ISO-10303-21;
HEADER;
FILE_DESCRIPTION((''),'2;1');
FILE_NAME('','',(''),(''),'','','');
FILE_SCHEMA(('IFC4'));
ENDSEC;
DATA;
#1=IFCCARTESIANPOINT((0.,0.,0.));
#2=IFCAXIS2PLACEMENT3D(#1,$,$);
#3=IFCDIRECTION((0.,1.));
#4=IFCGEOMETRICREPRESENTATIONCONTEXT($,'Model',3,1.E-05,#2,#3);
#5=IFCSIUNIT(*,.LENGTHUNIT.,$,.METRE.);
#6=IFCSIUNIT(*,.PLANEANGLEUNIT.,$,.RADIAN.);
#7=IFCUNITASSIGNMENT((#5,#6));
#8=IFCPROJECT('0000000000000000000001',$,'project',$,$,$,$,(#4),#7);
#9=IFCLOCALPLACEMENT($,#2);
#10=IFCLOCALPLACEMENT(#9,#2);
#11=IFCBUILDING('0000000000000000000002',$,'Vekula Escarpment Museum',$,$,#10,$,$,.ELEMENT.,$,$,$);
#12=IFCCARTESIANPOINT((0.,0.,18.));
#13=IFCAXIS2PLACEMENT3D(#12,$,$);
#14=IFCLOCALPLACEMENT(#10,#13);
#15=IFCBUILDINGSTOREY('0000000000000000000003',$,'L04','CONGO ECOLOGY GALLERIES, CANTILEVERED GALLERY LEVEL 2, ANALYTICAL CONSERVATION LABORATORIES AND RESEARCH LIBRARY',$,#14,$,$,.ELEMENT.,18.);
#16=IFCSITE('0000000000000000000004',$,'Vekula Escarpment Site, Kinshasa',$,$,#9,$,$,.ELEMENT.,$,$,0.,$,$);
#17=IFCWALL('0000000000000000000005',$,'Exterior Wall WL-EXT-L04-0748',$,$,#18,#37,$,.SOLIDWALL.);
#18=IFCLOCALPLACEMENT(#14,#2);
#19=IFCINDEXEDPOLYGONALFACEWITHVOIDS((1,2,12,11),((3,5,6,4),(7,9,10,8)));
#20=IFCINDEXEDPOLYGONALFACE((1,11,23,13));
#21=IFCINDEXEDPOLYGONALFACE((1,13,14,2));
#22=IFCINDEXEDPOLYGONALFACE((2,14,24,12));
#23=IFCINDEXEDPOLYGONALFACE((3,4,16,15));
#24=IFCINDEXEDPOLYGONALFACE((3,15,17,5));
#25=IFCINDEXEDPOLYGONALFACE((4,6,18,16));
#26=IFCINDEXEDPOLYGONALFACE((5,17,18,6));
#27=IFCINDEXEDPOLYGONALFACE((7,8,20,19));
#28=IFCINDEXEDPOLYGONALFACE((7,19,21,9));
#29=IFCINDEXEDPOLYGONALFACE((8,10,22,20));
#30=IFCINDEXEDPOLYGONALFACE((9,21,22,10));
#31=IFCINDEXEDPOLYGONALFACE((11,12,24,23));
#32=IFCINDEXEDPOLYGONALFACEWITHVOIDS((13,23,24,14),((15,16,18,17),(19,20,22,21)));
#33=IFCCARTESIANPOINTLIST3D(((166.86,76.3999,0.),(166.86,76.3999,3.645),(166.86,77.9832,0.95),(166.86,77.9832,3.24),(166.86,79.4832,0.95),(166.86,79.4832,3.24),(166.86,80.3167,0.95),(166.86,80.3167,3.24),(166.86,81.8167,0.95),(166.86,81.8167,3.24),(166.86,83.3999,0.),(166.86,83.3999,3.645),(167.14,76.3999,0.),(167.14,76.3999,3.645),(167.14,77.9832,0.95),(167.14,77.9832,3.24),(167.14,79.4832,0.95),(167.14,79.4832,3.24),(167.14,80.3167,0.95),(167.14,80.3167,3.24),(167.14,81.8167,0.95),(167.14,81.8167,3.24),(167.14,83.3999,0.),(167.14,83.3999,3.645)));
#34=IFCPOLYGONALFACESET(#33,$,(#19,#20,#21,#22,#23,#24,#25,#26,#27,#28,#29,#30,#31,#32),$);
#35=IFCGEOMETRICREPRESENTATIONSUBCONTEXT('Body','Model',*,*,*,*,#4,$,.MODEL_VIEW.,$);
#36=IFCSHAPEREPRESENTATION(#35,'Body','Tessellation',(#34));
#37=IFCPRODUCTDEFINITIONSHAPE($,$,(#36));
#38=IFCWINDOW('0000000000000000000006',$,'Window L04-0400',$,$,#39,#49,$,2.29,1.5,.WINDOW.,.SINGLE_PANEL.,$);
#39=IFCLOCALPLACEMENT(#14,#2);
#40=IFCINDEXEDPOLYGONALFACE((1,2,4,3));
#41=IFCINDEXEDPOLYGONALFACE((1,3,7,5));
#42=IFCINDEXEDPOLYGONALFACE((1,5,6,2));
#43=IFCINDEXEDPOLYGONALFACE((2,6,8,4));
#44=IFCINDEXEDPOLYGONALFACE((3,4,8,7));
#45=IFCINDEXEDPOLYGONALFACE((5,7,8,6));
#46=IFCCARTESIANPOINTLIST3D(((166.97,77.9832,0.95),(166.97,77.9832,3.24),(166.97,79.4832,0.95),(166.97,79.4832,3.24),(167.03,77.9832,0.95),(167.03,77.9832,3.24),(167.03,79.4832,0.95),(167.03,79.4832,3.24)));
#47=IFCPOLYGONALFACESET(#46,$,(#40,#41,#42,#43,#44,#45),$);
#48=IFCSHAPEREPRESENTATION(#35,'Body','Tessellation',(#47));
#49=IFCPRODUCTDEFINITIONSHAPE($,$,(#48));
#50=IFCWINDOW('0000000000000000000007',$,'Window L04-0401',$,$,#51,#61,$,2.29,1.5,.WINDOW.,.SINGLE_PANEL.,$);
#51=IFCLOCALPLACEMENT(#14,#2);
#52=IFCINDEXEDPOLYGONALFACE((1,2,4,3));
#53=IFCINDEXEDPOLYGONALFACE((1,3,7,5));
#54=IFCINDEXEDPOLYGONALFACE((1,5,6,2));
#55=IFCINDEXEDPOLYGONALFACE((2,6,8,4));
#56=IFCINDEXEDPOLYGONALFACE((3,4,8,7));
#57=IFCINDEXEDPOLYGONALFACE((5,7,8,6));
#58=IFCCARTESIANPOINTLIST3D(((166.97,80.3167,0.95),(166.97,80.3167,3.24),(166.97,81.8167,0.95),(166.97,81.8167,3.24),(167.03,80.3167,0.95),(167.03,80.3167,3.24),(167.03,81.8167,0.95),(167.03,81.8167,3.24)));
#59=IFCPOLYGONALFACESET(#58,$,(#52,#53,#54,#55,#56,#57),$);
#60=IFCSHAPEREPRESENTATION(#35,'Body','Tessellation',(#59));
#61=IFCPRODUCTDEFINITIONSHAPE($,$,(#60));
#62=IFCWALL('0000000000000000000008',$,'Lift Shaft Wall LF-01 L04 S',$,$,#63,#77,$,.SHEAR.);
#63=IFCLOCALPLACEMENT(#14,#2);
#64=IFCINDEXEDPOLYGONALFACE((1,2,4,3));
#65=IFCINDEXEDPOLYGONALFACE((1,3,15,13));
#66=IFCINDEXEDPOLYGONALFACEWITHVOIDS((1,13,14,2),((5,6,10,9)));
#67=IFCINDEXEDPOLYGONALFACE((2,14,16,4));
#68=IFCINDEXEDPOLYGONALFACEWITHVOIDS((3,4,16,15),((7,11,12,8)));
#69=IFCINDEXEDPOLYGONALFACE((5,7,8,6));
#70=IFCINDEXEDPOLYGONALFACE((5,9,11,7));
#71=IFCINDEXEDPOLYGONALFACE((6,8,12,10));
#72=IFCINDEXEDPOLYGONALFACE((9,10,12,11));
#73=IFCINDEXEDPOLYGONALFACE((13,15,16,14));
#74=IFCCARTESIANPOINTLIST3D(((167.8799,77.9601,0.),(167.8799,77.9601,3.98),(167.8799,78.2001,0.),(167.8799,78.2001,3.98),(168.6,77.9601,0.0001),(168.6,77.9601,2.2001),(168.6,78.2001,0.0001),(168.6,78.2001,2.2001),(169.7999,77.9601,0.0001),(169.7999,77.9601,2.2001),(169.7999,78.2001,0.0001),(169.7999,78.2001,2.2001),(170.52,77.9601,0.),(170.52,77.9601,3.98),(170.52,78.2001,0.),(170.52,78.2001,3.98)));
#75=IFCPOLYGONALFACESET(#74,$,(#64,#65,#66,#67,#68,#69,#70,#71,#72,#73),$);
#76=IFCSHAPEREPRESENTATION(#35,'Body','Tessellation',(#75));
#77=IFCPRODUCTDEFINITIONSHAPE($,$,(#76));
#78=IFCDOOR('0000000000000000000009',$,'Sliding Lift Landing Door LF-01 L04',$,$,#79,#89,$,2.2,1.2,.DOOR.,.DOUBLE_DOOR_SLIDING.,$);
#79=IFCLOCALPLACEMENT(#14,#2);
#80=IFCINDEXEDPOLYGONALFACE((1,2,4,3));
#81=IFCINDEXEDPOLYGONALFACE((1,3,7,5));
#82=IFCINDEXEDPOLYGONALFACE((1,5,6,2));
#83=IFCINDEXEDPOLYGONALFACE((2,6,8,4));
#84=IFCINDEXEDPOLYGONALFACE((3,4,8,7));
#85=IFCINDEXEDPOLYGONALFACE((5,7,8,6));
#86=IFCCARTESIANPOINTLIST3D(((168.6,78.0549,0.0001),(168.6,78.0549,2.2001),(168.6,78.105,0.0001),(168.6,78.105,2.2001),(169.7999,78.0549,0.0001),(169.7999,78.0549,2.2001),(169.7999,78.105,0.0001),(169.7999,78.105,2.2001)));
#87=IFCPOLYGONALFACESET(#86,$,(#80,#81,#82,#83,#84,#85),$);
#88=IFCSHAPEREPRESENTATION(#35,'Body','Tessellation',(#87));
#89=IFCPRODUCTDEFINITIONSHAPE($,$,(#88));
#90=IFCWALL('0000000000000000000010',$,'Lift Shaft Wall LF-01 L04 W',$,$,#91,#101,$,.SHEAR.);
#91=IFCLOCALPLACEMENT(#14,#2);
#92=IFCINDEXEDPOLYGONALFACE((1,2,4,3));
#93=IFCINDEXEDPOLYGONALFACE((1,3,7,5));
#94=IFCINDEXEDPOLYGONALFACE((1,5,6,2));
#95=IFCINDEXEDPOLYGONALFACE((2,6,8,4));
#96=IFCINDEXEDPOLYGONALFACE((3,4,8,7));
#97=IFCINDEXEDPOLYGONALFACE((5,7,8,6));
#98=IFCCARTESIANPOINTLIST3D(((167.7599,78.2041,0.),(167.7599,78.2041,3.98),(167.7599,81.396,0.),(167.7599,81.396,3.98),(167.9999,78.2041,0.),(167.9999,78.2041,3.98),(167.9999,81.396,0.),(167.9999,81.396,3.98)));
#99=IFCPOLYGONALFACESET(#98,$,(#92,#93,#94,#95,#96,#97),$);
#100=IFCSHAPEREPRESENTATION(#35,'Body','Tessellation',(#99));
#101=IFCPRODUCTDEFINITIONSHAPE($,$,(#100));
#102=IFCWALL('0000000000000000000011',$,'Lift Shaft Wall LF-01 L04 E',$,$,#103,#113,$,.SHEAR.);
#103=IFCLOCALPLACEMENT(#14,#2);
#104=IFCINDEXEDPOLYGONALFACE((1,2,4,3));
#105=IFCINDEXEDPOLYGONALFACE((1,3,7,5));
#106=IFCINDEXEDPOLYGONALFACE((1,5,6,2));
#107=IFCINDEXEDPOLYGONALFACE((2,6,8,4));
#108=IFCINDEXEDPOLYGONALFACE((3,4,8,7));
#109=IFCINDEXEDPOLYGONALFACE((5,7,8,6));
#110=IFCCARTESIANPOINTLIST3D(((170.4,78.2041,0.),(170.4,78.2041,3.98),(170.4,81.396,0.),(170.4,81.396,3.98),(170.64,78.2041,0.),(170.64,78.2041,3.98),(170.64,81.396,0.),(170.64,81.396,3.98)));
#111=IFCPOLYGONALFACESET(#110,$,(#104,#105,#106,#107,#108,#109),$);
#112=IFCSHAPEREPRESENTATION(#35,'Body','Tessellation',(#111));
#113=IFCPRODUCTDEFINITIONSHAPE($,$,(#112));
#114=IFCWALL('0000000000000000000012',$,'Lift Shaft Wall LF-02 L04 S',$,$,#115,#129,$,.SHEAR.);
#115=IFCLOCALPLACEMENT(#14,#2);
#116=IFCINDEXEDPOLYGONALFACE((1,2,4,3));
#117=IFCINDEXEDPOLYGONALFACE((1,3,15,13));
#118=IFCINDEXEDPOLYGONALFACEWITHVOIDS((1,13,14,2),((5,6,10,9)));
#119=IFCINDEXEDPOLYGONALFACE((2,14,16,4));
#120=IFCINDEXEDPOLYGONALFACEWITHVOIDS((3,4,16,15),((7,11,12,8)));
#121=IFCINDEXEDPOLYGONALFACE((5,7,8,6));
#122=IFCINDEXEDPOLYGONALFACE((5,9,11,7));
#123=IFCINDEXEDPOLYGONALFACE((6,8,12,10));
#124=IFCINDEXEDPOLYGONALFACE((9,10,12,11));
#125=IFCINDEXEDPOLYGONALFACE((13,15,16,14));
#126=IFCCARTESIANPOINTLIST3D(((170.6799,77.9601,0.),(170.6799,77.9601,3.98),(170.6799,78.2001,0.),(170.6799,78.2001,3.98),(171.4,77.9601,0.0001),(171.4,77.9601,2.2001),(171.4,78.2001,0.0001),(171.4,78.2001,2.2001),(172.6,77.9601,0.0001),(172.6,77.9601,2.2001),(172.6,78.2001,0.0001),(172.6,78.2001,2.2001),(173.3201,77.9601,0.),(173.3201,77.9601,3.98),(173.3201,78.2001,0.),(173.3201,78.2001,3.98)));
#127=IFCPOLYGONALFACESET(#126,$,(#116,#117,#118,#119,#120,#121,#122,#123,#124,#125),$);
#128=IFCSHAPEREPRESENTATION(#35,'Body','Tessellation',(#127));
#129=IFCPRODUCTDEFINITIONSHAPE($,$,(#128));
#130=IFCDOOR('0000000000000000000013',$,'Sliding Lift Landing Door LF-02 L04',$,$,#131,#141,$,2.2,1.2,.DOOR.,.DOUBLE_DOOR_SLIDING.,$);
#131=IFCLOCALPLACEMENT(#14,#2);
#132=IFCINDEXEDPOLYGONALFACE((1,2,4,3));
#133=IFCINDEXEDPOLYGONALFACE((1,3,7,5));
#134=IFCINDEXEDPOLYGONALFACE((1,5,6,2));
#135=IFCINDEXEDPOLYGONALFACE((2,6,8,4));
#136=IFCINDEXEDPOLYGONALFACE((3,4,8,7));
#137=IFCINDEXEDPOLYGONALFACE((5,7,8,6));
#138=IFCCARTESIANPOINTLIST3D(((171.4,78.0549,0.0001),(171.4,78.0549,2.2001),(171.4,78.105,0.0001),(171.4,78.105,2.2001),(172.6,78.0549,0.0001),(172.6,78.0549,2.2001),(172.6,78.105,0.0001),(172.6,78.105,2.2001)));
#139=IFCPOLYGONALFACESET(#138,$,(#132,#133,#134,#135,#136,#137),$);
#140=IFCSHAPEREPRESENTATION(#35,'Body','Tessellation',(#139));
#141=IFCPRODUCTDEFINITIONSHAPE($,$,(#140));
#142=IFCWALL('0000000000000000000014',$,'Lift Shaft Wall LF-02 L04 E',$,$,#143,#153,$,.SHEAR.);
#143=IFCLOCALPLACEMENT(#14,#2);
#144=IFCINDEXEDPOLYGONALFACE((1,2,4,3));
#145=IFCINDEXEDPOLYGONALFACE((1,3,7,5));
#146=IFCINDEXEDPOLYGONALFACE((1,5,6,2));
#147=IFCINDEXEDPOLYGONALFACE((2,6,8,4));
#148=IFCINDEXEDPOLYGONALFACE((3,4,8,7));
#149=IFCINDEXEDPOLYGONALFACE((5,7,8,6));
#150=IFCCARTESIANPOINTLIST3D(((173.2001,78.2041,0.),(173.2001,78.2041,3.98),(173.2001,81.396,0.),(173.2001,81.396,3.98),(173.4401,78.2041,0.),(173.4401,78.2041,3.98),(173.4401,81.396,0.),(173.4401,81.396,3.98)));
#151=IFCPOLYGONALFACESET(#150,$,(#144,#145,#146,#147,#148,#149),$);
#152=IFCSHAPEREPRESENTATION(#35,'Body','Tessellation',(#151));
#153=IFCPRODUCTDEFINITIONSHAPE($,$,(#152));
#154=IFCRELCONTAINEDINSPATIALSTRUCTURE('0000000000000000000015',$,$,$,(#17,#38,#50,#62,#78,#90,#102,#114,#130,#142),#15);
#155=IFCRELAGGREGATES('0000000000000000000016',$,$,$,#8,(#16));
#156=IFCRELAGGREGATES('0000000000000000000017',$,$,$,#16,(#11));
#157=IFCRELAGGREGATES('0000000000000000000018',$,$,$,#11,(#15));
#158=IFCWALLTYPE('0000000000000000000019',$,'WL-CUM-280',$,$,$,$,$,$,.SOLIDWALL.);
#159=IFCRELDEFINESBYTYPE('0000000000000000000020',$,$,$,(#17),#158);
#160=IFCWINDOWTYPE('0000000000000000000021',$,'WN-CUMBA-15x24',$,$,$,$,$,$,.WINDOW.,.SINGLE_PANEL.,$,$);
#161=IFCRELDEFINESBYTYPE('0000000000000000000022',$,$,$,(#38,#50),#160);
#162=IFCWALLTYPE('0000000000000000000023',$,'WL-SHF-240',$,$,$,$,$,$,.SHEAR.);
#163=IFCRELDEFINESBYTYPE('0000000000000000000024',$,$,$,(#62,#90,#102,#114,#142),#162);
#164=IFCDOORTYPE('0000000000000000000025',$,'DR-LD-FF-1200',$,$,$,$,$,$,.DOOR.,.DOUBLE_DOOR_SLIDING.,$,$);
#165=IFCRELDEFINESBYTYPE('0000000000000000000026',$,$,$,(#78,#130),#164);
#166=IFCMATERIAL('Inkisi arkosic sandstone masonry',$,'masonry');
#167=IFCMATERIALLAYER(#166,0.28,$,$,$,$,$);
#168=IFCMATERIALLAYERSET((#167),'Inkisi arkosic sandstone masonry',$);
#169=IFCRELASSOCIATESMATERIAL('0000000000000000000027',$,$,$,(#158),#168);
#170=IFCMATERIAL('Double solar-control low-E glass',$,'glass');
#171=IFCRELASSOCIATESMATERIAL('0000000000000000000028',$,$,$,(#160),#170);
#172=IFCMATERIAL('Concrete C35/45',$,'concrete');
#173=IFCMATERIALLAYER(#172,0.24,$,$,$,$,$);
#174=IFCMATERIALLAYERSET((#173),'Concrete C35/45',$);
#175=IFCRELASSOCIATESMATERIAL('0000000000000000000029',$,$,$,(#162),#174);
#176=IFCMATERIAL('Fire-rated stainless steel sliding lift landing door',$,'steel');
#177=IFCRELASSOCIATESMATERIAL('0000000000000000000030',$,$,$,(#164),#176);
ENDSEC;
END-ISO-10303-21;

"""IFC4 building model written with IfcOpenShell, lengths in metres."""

from ifc_helpers import new_model, si_unit, direction, frame, frame_2d, origin, place, context, subcontext, project, spatial, rectangle, extrude, material, layer, layer_set, type_object, element, fill, save


model = new_model("IFC4")

# Units and contexts
model_context = context("Model", 3, precision=1e-05, world=origin(), true_north=direction((0.0, 1.0)))
body_context = subcontext(model_context, "Body", "Model", "MODEL_VIEW")
ifc_project = project(units=[si_unit("LENGTHUNIT", "METRE"), si_unit("PLANEANGLEUNIT", "RADIAN")], contexts=[model_context])

# Site, building, storey
site_placement = place(None, origin())
site = spatial("IfcSite", under=ifc_project, at=site_placement, Name="Vekula Escarpment Site, Kinshasa", CompositionType="ELEMENT", RefElevation=0.0)
building_placement = place(site_placement, origin())
building = spatial("IfcBuilding", under=site, at=building_placement, Name="Vekula Escarpment Museum", CompositionType="ELEMENT")
storey_placement = place(building_placement, frame((0.0, 0.0, 18.0)))
storey = spatial("IfcBuildingStorey", under=building, at=storey_placement, Name="L04", Description="CONGO ECOLOGY GALLERIES, CANTILEVERED GALLERY LEVEL 2, ANALYTICAL CONSERVATION LABORATORIES AND RESEARCH LIBRARY", CompositionType="ELEMENT", Elevation=18.0)

# Wall, openings, windows
ifc_material_1 = material(Name="Inkisi arkosic sandstone masonry", Category="masonry")
ifc_layer_1 = layer(ifc_material_1, 0.28)
ifc_layer_set_1 = layer_set([ifc_layer_1], Name="Inkisi arkosic sandstone masonry")
wall_type_1 = type_object("IfcWallType", Name="WL-CUM-280", PredefinedType="SOLIDWALL", material=ifc_layer_set_1)
wall_1_placement = place(storey_placement, frame((167.0, 76.3999, 0.0), z_axis=(0.0, 0.0, 1.0), x_axis=(0.0, 1.0, 0.0)))
wall_1 = element("IfcWall", 1, at=wall_1_placement, inside=storey, type_object=wall_type_1, Name="Exterior Wall WL-EXT-L04-0748", PredefinedType="SOLIDWALL", context=body_context, shape_type="SweptSolid", body=[
    extrude(rectangle(XDim=7.0, YDim=0.28, at=frame_2d((3.5, 0.0))), origin(), (0.0, 0.0, 1.0), 3.645),
])
opening_1_placement = place(wall_1_placement, frame((1.5833, 0.0, 0.95)))
opening_1 = element("IfcOpeningElement", 2, at=opening_1_placement, cuts=wall_1, PredefinedType="OPENING", context=body_context, shape_type="SweptSolid", body=[
    extrude(rectangle(XDim=1.5, YDim=2.29, at=frame_2d((0.75, 1.145))), frame((0.0, 0.1499, 0.0), z_axis=(0.0, -1.0, 0.0), x_axis=(1.0, 0.0, 0.0)), (0.0, 0.0, 1.0), 0.3),
])
opening_2_placement = place(wall_1_placement, frame((3.9167, 0.0, 0.95)))
opening_2 = element("IfcOpeningElement", 3, at=opening_2_placement, cuts=wall_1, PredefinedType="OPENING", context=body_context, shape_type="SweptSolid", body=[
    extrude(rectangle(XDim=1.5, YDim=2.29, at=frame_2d((0.75, 1.145))), frame((0.0, 0.1499, 0.0), z_axis=(0.0, -1.0, 0.0), x_axis=(1.0, 0.0, 0.0)), (0.0, 0.0, 1.0), 0.3),
])
ifc_material_2 = material(Name="Double solar-control low-E glass", Category="glass")
window_type = type_object("IfcWindowType", Name="WN-CUMBA-15x24", PartitioningType="SINGLE_PANEL", PredefinedType="WINDOW", material=ifc_material_2)
window_1_placement = place(opening_1_placement, origin())
window_1 = element("IfcWindow", 4, at=window_1_placement, inside=storey, type_object=window_type, Name="Window L04-0400", OverallHeight=2.29, OverallWidth=1.5, PartitioningType="SINGLE_PANEL", PredefinedType="WINDOW", context=body_context, shape_type="SweptSolid", body=[
    extrude(rectangle(XDim=1.5, YDim=2.29, at=frame_2d((0.75, 1.145))), frame((0.0, 0.03, 0.0), z_axis=(0.0, -1.0, 0.0), x_axis=(1.0, 0.0, 0.0)), (0.0, 0.0, 1.0), 0.0601),
])
fill(opening_1, window_1)
window_2_placement = place(opening_2_placement, origin())
window_2 = element("IfcWindow", 5, at=window_2_placement, inside=storey, type_object=window_type, Name="Window L04-0401", OverallHeight=2.29, OverallWidth=1.5, PartitioningType="SINGLE_PANEL", PredefinedType="WINDOW", context=body_context, shape_type="SweptSolid", body=[
    extrude(rectangle(XDim=1.5, YDim=2.29, at=frame_2d((0.75, 1.145))), frame((0.0, 0.03, 0.0), z_axis=(0.0, -1.0, 0.0), x_axis=(1.0, 0.0, 0.0)), (0.0, 0.0, 1.0), 0.0601),
])
fill(opening_2, window_2)

# Wall, opening, door
ifc_material_3 = material(Name="Concrete C35/45", Category="concrete")
ifc_layer_2 = layer(ifc_material_3, 0.24)
ifc_layer_set_2 = layer_set([ifc_layer_2], Name="Concrete C35/45")
wall_type_2 = type_object("IfcWallType", Name="WL-SHF-240", PredefinedType="SHEAR", material=ifc_layer_set_2)
wall_2_placement = place(storey_placement, frame((167.8799, 78.0801, 0.0), z_axis=(0.0, 0.0, 1.0), x_axis=(1.0, 0.0, 0.0)))
wall_2 = element("IfcWall", 6, at=wall_2_placement, inside=storey, type_object=wall_type_2, Name="Lift Shaft Wall LF-01 L04 S", PredefinedType="SHEAR", context=body_context, shape_type="SweptSolid", body=[
    extrude(rectangle(XDim=2.6401, YDim=0.24, at=frame_2d((1.3201, 0.0))), origin(), (0.0, 0.0, 1.0), 3.98),
])
opening_3_placement = place(wall_2_placement, frame((0.72, 0.0, 0.0)))
opening_3 = element("IfcOpeningElement", 7, at=opening_3_placement, cuts=wall_2, PredefinedType="OPENING", context=body_context, shape_type="SweptSolid", body=[
    extrude(rectangle(XDim=1.2, YDim=2.2, at=frame_2d((0.6001, 1.1001))), frame((0.0, 0.1299, 0.0), z_axis=(0.0, -1.0, 0.0), x_axis=(1.0, 0.0, 0.0)), (0.0, 0.0, 1.0), 0.26),
])
ifc_material_4 = material(Name="Fire-rated stainless steel sliding lift landing door", Category="steel")
door_type = type_object("IfcDoorType", Name="DR-LD-FF-1200", OperationType="DOUBLE_DOOR_SLIDING", PredefinedType="DOOR", material=ifc_material_4)
door_1_placement = place(opening_3_placement, origin())
door_1 = element("IfcDoor", 8, at=door_1_placement, inside=storey, type_object=door_type, Name="Sliding Lift Landing Door LF-01 L04", OperationType="DOUBLE_DOOR_SLIDING", OverallHeight=2.2, OverallWidth=1.2, PredefinedType="DOOR", context=body_context, shape_type="SweptSolid", body=[
    extrude(rectangle(XDim=1.2, YDim=2.2, at=frame_2d((0.6001, 1.1001))), frame((0.0, 0.0249, 0.0), z_axis=(0.0, -1.0, 0.0), x_axis=(1.0, 0.0, 0.0)), (0.0, 0.0, 1.0), 0.05),
])
fill(opening_3, door_1)

# Walls
for number, where, z_axis, x_axis, name in (
    (9, (167.8799, 78.2041, 0.0), (0.0, 0.0, 1.0), (0.0, 1.0, 0.0), "Lift Shaft Wall LF-01 L04 W"),
    (10, (170.52, 78.2041, 0.0), (0.0, 0.0, 1.0), (0.0, 1.0, 0.0), "Lift Shaft Wall LF-01 L04 E"),
):
    element("IfcWall", number, at=place(storey_placement, frame(where, z_axis=z_axis, x_axis=x_axis)), inside=storey, type_object=wall_type_2, Name=name, PredefinedType="SHEAR", context=body_context, shape_type="SweptSolid", body=[
        extrude(rectangle(XDim=3.1919, YDim=0.24, at=frame_2d((1.5959, 0.0))), origin(), (0.0, 0.0, 1.0), 3.98),
    ])

# Wall, opening, door
wall_3_placement = place(storey_placement, frame((170.6799, 78.0801, 0.0), z_axis=(0.0, 0.0, 1.0), x_axis=(1.0, 0.0, 0.0)))
wall_3 = element("IfcWall", 11, at=wall_3_placement, inside=storey, type_object=wall_type_2, Name="Lift Shaft Wall LF-02 L04 S", PredefinedType="SHEAR", context=body_context, shape_type="SweptSolid", body=[
    extrude(rectangle(XDim=2.6401, YDim=0.24, at=frame_2d((1.3201, 0.0))), origin(), (0.0, 0.0, 1.0), 3.98),
])
opening_4_placement = place(wall_3_placement, frame((0.72, 0.0, 0.0)))
opening_4 = element("IfcOpeningElement", 12, at=opening_4_placement, cuts=wall_3, PredefinedType="OPENING", context=body_context, shape_type="SweptSolid", body=[
    extrude(rectangle(XDim=1.2, YDim=2.2, at=frame_2d((0.6001, 1.1001))), frame((0.0, 0.1299, 0.0), z_axis=(0.0, -1.0, 0.0), x_axis=(1.0, 0.0, 0.0)), (0.0, 0.0, 1.0), 0.26),
])
door_2_placement = place(opening_4_placement, origin())
door_2 = element("IfcDoor", 13, at=door_2_placement, inside=storey, type_object=door_type, Name="Sliding Lift Landing Door LF-02 L04", OperationType="DOUBLE_DOOR_SLIDING", OverallHeight=2.2, OverallWidth=1.2, PredefinedType="DOOR", context=body_context, shape_type="SweptSolid", body=[
    extrude(rectangle(XDim=1.2, YDim=2.2, at=frame_2d((0.6001, 1.1001))), frame((0.0, 0.0249, 0.0), z_axis=(0.0, -1.0, 0.0), x_axis=(1.0, 0.0, 0.0)), (0.0, 0.0, 1.0), 0.05),
])
fill(opening_4, door_2)

# Wall
wall_4_placement = place(storey_placement, frame((173.3201, 78.2041, 0.0), z_axis=(0.0, 0.0, 1.0), x_axis=(0.0, 1.0, 0.0)))
element("IfcWall", 14, at=wall_4_placement, inside=storey, type_object=wall_type_2, Name="Lift Shaft Wall LF-02 L04 E", PredefinedType="SHEAR", context=body_context, shape_type="SweptSolid", body=[
    extrude(rectangle(XDim=3.1919, YDim=0.24, at=frame_2d((1.5959, 0.0))), origin(), (0.0, 0.0, 1.0), 3.98),
])

save(model, "model.ifc")
